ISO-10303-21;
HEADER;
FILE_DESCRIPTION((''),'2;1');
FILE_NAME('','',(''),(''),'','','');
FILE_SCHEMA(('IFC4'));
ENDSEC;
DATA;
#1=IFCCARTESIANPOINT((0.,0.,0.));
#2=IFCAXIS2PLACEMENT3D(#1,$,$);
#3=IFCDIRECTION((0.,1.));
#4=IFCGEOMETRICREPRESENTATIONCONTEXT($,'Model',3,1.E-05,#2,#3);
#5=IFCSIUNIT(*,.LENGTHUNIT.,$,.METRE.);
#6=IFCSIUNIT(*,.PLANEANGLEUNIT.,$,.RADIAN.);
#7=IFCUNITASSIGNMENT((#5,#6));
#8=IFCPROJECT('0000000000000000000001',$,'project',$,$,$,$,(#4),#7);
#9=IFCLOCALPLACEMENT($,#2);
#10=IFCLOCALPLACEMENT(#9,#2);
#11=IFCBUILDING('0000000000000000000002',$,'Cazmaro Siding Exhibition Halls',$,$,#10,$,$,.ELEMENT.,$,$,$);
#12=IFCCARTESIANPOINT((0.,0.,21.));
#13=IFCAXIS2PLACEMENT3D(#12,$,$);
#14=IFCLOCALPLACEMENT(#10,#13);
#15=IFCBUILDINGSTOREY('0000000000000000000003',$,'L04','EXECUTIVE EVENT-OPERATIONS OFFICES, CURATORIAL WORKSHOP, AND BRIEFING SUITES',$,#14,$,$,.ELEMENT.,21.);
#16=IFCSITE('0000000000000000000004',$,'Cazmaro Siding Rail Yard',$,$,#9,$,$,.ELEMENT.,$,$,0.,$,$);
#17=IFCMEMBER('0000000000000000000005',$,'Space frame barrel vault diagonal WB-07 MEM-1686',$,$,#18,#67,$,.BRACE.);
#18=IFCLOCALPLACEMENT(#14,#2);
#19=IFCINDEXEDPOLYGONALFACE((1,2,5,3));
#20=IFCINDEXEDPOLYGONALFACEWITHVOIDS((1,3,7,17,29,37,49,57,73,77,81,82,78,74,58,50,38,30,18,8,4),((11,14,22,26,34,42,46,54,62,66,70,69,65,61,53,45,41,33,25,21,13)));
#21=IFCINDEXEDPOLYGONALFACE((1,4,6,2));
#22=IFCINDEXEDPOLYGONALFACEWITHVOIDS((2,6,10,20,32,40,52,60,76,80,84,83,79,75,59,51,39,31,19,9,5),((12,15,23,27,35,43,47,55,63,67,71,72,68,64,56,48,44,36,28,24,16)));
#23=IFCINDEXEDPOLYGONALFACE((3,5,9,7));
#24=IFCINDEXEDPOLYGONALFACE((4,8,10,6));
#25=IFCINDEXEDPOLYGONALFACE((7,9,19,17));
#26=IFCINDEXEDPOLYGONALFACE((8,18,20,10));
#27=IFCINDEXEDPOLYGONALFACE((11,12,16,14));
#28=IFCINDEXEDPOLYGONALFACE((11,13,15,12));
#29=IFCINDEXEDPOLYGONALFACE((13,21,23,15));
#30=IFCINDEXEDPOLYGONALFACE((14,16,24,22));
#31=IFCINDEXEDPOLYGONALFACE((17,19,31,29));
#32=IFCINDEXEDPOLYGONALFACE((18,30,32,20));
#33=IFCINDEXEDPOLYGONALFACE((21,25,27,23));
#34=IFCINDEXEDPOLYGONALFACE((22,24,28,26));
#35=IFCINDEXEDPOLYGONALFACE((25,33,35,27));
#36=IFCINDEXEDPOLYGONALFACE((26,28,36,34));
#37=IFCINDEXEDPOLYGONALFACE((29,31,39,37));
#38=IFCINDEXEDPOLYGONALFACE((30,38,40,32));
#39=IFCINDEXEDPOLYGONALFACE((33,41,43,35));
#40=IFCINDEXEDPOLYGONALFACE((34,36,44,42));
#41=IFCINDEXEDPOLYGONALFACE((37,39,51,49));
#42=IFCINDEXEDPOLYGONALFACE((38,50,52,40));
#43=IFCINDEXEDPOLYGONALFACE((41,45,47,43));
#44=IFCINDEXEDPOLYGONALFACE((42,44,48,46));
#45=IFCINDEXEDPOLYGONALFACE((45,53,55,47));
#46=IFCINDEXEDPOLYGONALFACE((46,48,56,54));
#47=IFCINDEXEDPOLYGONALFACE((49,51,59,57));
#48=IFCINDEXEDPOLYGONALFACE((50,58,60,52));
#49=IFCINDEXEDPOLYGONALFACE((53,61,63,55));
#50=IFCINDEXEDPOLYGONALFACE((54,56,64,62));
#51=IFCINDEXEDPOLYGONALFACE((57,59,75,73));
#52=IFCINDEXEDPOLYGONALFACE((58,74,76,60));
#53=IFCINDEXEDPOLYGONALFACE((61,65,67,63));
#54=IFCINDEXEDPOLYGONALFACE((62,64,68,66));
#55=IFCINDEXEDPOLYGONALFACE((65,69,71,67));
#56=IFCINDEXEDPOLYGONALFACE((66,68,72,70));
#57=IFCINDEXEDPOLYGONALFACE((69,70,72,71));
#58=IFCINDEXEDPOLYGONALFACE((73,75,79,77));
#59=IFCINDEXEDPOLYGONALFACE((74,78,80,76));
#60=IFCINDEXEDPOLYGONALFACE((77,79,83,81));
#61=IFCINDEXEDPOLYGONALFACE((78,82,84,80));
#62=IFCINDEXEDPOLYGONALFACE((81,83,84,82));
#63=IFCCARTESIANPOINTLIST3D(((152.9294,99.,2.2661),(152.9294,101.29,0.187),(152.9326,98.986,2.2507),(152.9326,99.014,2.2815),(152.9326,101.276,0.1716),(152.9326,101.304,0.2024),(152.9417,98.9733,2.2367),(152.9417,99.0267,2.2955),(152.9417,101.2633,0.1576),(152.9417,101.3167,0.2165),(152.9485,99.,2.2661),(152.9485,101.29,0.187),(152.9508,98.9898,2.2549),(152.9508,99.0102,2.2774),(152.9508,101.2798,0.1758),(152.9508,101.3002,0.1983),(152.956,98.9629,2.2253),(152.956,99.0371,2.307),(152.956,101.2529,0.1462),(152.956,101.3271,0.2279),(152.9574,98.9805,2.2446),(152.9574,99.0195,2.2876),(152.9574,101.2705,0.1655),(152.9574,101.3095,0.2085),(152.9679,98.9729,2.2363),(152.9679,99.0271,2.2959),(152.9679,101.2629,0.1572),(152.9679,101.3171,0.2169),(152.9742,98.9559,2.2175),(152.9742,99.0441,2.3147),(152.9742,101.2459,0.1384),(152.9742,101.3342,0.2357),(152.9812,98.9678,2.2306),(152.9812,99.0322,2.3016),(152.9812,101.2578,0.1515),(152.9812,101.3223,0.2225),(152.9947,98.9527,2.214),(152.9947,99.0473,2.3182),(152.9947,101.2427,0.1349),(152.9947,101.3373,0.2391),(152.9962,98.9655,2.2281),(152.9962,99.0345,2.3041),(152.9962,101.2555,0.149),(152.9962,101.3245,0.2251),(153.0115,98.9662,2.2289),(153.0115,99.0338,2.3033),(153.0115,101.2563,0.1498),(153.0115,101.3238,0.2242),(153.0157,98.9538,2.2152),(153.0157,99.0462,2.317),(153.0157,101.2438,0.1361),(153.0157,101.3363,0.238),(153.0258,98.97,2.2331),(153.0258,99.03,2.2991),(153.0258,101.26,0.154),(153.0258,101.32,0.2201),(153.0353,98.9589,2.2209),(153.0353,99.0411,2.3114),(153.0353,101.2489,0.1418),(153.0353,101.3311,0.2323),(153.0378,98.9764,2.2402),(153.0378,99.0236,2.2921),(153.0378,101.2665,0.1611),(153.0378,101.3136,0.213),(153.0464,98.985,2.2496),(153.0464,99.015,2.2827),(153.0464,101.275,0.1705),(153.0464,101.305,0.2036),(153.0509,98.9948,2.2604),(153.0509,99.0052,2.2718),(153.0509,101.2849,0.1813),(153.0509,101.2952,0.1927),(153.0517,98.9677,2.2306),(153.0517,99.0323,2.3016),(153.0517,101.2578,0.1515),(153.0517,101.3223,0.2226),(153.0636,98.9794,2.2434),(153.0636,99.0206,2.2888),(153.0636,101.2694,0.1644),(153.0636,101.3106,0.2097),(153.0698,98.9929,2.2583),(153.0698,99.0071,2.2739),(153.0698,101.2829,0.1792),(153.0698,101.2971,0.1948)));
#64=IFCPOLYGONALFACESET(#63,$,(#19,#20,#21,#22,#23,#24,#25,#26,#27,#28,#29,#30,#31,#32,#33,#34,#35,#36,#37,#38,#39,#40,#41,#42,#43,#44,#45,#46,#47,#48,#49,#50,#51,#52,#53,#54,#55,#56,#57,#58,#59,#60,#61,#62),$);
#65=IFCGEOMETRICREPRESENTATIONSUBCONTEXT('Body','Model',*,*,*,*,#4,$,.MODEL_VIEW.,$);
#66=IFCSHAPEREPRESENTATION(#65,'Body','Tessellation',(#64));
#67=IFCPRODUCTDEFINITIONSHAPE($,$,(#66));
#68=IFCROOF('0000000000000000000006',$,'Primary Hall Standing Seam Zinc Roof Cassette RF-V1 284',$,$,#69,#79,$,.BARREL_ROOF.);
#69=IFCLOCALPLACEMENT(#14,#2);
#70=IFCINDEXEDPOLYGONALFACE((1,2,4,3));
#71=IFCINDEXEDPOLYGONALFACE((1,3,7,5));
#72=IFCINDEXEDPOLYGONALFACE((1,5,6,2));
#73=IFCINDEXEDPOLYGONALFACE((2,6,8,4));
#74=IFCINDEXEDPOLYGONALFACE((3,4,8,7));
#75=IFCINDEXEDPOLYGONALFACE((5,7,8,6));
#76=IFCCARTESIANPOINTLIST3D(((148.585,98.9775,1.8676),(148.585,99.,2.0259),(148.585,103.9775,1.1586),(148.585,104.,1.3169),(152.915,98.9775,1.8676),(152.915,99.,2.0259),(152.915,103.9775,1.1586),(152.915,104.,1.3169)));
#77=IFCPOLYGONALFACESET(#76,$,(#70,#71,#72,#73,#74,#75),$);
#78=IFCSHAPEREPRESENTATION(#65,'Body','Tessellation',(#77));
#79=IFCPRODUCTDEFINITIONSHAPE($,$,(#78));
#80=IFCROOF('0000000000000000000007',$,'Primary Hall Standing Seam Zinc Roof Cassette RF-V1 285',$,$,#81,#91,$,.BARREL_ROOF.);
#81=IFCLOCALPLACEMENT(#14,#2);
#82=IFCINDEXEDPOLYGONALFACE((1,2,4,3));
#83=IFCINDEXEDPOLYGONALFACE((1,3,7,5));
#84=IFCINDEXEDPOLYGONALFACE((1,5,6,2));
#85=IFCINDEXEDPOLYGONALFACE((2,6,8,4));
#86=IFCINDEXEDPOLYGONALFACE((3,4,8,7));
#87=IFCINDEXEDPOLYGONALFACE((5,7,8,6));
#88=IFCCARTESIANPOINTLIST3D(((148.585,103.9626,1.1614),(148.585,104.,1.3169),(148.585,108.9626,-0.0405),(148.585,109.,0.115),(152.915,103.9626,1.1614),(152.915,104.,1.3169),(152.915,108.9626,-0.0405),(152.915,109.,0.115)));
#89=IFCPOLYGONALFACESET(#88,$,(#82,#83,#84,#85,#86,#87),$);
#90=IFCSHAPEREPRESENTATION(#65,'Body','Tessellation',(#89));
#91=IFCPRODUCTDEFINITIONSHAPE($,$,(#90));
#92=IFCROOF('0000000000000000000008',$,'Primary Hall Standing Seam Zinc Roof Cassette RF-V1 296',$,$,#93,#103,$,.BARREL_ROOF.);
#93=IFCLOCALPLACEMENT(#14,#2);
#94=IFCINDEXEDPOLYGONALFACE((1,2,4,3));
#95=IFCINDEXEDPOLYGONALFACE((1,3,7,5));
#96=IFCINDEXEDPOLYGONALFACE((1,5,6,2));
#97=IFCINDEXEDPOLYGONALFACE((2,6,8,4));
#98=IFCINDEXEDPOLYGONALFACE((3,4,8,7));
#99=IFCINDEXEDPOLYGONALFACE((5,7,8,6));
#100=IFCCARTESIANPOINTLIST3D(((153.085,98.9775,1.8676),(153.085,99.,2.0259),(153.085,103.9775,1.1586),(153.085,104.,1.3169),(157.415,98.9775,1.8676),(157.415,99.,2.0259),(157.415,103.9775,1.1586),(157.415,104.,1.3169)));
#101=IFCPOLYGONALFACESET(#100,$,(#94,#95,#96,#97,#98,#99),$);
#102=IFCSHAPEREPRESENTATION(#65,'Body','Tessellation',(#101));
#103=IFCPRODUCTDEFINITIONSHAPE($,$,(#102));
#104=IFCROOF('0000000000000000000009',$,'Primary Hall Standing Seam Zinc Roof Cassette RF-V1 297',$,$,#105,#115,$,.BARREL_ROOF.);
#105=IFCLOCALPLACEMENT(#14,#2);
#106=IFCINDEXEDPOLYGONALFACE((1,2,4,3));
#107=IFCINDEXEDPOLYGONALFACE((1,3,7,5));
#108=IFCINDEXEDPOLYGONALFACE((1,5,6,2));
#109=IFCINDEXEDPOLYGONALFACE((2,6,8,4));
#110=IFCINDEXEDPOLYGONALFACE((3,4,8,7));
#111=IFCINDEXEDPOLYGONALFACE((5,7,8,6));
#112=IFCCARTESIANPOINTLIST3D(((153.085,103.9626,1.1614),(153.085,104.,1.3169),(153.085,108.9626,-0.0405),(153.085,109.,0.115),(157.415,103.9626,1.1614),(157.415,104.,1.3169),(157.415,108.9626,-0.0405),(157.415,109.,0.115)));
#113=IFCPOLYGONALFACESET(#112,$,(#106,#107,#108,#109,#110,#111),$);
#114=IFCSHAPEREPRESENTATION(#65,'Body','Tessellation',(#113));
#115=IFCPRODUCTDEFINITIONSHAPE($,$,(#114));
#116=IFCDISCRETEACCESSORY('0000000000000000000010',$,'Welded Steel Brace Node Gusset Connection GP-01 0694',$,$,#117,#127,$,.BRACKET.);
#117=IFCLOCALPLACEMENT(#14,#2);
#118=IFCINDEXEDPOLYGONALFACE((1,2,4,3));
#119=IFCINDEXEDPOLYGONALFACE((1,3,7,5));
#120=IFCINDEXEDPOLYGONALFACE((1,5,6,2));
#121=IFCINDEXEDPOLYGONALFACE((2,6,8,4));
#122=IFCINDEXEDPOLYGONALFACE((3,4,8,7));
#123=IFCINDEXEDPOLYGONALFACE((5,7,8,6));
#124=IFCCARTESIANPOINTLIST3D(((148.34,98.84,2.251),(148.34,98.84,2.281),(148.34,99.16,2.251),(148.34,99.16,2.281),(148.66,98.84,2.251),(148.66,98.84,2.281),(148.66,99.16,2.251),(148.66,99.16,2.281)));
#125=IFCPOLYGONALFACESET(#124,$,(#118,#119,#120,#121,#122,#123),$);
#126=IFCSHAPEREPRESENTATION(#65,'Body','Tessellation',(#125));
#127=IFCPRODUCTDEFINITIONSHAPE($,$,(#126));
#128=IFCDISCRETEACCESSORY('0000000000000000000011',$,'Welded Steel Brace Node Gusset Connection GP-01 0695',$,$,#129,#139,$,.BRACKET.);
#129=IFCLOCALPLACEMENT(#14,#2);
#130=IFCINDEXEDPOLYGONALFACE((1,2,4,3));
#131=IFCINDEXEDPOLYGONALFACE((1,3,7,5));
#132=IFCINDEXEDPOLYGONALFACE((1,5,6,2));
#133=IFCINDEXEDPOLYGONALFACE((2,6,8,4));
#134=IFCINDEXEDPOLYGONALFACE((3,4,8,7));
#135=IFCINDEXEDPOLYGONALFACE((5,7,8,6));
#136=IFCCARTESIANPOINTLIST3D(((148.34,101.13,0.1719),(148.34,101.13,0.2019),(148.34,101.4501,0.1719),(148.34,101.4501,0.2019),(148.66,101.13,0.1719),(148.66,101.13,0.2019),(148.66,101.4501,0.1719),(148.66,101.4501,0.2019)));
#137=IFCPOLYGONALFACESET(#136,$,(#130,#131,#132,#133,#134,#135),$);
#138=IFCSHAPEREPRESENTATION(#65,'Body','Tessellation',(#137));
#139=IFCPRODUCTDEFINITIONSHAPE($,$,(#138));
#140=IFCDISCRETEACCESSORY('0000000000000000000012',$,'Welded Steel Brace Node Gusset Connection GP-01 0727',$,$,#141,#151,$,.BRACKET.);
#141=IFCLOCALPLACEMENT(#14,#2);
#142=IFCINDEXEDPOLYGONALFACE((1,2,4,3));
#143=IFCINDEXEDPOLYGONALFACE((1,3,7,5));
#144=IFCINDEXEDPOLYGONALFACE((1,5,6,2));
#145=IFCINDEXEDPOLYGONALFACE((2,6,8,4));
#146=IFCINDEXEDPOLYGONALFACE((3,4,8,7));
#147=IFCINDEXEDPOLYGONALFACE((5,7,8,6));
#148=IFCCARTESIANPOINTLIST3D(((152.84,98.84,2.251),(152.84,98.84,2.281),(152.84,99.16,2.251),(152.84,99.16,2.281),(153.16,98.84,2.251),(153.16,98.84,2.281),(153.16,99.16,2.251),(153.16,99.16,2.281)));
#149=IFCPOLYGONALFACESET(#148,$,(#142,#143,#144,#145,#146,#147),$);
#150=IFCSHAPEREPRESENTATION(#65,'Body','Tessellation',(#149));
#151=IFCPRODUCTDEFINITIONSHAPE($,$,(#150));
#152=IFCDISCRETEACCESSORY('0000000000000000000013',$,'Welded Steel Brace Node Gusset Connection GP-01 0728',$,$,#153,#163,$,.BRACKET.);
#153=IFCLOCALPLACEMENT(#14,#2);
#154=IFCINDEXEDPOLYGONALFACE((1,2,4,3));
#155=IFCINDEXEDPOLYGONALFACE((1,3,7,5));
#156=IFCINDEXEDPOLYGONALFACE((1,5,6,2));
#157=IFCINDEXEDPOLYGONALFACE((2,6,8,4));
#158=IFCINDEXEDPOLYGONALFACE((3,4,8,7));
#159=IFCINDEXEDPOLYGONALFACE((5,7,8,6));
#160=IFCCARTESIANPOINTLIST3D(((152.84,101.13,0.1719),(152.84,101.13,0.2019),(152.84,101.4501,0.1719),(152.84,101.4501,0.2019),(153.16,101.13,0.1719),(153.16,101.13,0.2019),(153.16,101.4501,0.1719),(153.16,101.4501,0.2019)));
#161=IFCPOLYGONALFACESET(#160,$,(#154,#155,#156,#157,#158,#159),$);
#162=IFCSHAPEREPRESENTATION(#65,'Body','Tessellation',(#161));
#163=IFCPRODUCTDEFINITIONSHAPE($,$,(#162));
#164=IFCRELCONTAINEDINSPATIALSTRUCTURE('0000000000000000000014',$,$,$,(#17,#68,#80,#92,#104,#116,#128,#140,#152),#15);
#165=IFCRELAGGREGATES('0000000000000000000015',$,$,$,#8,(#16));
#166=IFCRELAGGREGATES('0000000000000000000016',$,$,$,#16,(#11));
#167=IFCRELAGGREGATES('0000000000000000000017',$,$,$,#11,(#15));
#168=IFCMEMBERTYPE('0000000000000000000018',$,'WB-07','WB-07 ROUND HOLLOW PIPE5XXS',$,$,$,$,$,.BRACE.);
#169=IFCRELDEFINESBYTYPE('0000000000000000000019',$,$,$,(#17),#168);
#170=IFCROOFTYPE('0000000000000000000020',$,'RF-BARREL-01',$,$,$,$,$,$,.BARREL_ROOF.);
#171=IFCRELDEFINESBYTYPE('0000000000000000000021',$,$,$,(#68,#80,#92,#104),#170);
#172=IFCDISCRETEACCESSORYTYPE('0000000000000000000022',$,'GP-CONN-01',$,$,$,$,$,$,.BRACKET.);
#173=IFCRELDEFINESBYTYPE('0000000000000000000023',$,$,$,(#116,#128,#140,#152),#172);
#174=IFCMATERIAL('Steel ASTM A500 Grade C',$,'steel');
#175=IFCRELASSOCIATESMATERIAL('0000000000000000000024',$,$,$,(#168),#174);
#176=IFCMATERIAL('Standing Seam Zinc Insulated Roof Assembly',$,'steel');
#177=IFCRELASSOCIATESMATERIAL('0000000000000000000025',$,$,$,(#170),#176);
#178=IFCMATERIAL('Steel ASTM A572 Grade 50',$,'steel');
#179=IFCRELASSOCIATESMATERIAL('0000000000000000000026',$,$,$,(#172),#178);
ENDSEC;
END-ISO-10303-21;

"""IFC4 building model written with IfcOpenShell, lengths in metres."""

from ifc_helpers import new_model, si_unit, direction, frame, origin, origin_2d, place, context, subcontext, project, spatial, polyline, rectangle, hollow_circle, outline, extrude, material, material_profile, profile_set, type_object, element, save


model = new_model("IFC4")

# Units and contexts
model_context = context("Model", 3, precision=1e-05, world=origin(), true_north=direction((0.0, 1.0)))
body_context = subcontext(model_context, "Body", "Model", "MODEL_VIEW")
ifc_project = project(units=[si_unit("LENGTHUNIT", "METRE"), si_unit("PLANEANGLEUNIT", "RADIAN")], contexts=[model_context])

# Site, building, storey
site_placement = place(None, origin())
site = spatial("IfcSite", under=ifc_project, at=site_placement, Name="Cazmaro Siding Rail Yard", CompositionType="ELEMENT", RefElevation=0.0)
building_placement = place(site_placement, origin())
building = spatial("IfcBuilding", under=site, at=building_placement, Name="Cazmaro Siding Exhibition Halls", CompositionType="ELEMENT")
storey_placement = place(building_placement, frame((0.0, 0.0, 21.0)))
storey = spatial("IfcBuildingStorey", under=building, at=storey_placement, Name="L04", Description="EXECUTIVE EVENT-OPERATIONS OFFICES, CURATORIAL WORKSHOP, AND BRIEFING SUITES", CompositionType="ELEMENT", Elevation=21.0)

# Member
ifc_material_1 = material(Name="Steel ASTM A500 Grade C", Category="steel")
ifc_material_profile_1 = material_profile(ifc_material_1, hollow_circle(Radius=0.0706, WallThickness=0.019, at=origin_2d()), Name="PIPE5XXS")
ifc_profile_set_1 = profile_set([ifc_material_profile_1], Name="Steel ASTM A500 Grade C")
member_type_1 = type_object("IfcMemberType", Name="WB-07", Description="WB-07 ROUND HOLLOW PIPE5XXS", PredefinedType="BRACE", material=ifc_profile_set_1)
for number, where, z_axis, x_axis, name in (
    (1, (153.0, 99.0, 2.2661), (0.0, 0.740383, -0.672185), (-1.0, 0.0, 0.0), "Space frame barrel vault diagonal WB-07 MEM-1686"),
):
    element("IfcMember", number, at=place(storey_placement, frame(where, z_axis=z_axis, x_axis=x_axis)), inside=storey, type_object=member_type_1, Name=name, PredefinedType="BRACE", context=body_context, shape_type="SweptSolid", body=[
        extrude(hollow_circle(Radius=0.0706, WallThickness=0.019, at=origin_2d()), origin(), (0.0, 0.0, 1.0), 3.093),
    ])

# Roofs
ifc_material_2 = material(Name="Standing Seam Zinc Insulated Roof Assembly", Category="steel")
roof_type = type_object("IfcRoofType", Name="RF-BARREL-01", PredefinedType="BARREL_ROOF", material=ifc_material_2)
roof_1_placement = place(storey_placement, frame((148.585, 99.0, 2.0259), z_axis=(0.0, 0.140393, 0.990096), x_axis=(1.0, 0.0, 0.0)))
element("IfcRoof", 2, at=roof_1_placement, inside=storey, type_object=roof_type, Name="Primary Hall Standing Seam Zinc Roof Cassette RF-V1 284", PredefinedType="BARREL_ROOF", context=body_context, shape_type="SweptSolid", body=[
    extrude(outline(polyline([(0.0, 0.0), (4.3301, 0.0), (4.3301, 5.05), (0.0, 5.05), (0.0, 0.0)])), origin(), (0.0, 0.0, -1.0), 0.1599),
])
roof_2_placement = place(storey_placement, frame((148.585, 104.0, 1.3169), z_axis=(0.0, 0.233723, 0.972303), x_axis=(1.0, 0.0, 0.0)))
element("IfcRoof", 3, at=roof_2_placement, inside=storey, type_object=roof_type, Name="Primary Hall Standing Seam Zinc Roof Cassette RF-V1 285", PredefinedType="BARREL_ROOF", context=body_context, shape_type="SweptSolid", body=[
    extrude(outline(polyline([(0.0, 0.0), (4.3301, 0.0), (4.3301, 5.1424), (0.0, 5.1424), (0.0, 0.0)])), origin(), (0.0, 0.0, -1.0), 0.1599),
])
roof_3_placement = place(storey_placement, frame((153.085, 99.0, 2.0259), z_axis=(0.0, 0.140393, 0.990096), x_axis=(1.0, 0.0, 0.0)))
element("IfcRoof", 4, at=roof_3_placement, inside=storey, type_object=roof_type, Name="Primary Hall Standing Seam Zinc Roof Cassette RF-V1 296", PredefinedType="BARREL_ROOF", context=body_context, shape_type="SweptSolid", body=[
    extrude(outline(polyline([(0.0, 0.0), (4.3301, 0.0), (4.3301, 5.05), (0.0, 5.05), (0.0, 0.0)])), origin(), (0.0, 0.0, -1.0), 0.1599),
])
roof_4_placement = place(storey_placement, frame((153.085, 104.0, 1.3169), z_axis=(0.0, 0.233723, 0.972303), x_axis=(1.0, 0.0, 0.0)))
element("IfcRoof", 5, at=roof_4_placement, inside=storey, type_object=roof_type, Name="Primary Hall Standing Seam Zinc Roof Cassette RF-V1 297", PredefinedType="BARREL_ROOF", context=body_context, shape_type="SweptSolid", body=[
    extrude(outline(polyline([(0.0, 0.0), (4.3301, 0.0), (4.3301, 5.1424), (0.0, 5.1424), (0.0, 0.0)])), origin(), (0.0, 0.0, -1.0), 0.1599),
])

# Discrete accessories
ifc_material_3 = material(Name="Steel ASTM A572 Grade 50", Category="steel")
discrete_accessory_type = type_object("IfcDiscreteAccessoryType", Name="GP-CONN-01", PredefinedType="BRACKET", material=ifc_material_3)
for number, where, z_axis, x_axis, name in (
    (6, (148.5, 99.0, 2.251), (0.0, 0.0, 1.0), (1.0, 0.0, 0.0), "Welded Steel Brace Node Gusset Connection GP-01 0694"),
    (7, (148.5, 101.29, 0.1719), (0.0, 0.0, 1.0), (1.0, 0.0, 0.0), "Welded Steel Brace Node Gusset Connection GP-01 0695"),
    (8, (153.0, 99.0, 2.251), (0.0, 0.0, 1.0), (1.0, 0.0, 0.0), "Welded Steel Brace Node Gusset Connection GP-01 0727"),
    (9, (153.0, 101.29, 0.1719), (0.0, 0.0, 1.0), (1.0, 0.0, 0.0), "Welded Steel Brace Node Gusset Connection GP-01 0728"),
):
    element("IfcDiscreteAccessory", number, at=place(storey_placement, frame(where, z_axis=z_axis, x_axis=x_axis)), inside=storey, type_object=discrete_accessory_type, Name=name, PredefinedType="BRACKET", context=body_context, shape_type="SweptSolid", body=[
        extrude(rectangle(XDim=0.3201, YDim=0.3201, at=origin_2d()), origin(), (0.0, 0.0, 1.0), 0.03),
    ])

save(model, "model.ifc")
